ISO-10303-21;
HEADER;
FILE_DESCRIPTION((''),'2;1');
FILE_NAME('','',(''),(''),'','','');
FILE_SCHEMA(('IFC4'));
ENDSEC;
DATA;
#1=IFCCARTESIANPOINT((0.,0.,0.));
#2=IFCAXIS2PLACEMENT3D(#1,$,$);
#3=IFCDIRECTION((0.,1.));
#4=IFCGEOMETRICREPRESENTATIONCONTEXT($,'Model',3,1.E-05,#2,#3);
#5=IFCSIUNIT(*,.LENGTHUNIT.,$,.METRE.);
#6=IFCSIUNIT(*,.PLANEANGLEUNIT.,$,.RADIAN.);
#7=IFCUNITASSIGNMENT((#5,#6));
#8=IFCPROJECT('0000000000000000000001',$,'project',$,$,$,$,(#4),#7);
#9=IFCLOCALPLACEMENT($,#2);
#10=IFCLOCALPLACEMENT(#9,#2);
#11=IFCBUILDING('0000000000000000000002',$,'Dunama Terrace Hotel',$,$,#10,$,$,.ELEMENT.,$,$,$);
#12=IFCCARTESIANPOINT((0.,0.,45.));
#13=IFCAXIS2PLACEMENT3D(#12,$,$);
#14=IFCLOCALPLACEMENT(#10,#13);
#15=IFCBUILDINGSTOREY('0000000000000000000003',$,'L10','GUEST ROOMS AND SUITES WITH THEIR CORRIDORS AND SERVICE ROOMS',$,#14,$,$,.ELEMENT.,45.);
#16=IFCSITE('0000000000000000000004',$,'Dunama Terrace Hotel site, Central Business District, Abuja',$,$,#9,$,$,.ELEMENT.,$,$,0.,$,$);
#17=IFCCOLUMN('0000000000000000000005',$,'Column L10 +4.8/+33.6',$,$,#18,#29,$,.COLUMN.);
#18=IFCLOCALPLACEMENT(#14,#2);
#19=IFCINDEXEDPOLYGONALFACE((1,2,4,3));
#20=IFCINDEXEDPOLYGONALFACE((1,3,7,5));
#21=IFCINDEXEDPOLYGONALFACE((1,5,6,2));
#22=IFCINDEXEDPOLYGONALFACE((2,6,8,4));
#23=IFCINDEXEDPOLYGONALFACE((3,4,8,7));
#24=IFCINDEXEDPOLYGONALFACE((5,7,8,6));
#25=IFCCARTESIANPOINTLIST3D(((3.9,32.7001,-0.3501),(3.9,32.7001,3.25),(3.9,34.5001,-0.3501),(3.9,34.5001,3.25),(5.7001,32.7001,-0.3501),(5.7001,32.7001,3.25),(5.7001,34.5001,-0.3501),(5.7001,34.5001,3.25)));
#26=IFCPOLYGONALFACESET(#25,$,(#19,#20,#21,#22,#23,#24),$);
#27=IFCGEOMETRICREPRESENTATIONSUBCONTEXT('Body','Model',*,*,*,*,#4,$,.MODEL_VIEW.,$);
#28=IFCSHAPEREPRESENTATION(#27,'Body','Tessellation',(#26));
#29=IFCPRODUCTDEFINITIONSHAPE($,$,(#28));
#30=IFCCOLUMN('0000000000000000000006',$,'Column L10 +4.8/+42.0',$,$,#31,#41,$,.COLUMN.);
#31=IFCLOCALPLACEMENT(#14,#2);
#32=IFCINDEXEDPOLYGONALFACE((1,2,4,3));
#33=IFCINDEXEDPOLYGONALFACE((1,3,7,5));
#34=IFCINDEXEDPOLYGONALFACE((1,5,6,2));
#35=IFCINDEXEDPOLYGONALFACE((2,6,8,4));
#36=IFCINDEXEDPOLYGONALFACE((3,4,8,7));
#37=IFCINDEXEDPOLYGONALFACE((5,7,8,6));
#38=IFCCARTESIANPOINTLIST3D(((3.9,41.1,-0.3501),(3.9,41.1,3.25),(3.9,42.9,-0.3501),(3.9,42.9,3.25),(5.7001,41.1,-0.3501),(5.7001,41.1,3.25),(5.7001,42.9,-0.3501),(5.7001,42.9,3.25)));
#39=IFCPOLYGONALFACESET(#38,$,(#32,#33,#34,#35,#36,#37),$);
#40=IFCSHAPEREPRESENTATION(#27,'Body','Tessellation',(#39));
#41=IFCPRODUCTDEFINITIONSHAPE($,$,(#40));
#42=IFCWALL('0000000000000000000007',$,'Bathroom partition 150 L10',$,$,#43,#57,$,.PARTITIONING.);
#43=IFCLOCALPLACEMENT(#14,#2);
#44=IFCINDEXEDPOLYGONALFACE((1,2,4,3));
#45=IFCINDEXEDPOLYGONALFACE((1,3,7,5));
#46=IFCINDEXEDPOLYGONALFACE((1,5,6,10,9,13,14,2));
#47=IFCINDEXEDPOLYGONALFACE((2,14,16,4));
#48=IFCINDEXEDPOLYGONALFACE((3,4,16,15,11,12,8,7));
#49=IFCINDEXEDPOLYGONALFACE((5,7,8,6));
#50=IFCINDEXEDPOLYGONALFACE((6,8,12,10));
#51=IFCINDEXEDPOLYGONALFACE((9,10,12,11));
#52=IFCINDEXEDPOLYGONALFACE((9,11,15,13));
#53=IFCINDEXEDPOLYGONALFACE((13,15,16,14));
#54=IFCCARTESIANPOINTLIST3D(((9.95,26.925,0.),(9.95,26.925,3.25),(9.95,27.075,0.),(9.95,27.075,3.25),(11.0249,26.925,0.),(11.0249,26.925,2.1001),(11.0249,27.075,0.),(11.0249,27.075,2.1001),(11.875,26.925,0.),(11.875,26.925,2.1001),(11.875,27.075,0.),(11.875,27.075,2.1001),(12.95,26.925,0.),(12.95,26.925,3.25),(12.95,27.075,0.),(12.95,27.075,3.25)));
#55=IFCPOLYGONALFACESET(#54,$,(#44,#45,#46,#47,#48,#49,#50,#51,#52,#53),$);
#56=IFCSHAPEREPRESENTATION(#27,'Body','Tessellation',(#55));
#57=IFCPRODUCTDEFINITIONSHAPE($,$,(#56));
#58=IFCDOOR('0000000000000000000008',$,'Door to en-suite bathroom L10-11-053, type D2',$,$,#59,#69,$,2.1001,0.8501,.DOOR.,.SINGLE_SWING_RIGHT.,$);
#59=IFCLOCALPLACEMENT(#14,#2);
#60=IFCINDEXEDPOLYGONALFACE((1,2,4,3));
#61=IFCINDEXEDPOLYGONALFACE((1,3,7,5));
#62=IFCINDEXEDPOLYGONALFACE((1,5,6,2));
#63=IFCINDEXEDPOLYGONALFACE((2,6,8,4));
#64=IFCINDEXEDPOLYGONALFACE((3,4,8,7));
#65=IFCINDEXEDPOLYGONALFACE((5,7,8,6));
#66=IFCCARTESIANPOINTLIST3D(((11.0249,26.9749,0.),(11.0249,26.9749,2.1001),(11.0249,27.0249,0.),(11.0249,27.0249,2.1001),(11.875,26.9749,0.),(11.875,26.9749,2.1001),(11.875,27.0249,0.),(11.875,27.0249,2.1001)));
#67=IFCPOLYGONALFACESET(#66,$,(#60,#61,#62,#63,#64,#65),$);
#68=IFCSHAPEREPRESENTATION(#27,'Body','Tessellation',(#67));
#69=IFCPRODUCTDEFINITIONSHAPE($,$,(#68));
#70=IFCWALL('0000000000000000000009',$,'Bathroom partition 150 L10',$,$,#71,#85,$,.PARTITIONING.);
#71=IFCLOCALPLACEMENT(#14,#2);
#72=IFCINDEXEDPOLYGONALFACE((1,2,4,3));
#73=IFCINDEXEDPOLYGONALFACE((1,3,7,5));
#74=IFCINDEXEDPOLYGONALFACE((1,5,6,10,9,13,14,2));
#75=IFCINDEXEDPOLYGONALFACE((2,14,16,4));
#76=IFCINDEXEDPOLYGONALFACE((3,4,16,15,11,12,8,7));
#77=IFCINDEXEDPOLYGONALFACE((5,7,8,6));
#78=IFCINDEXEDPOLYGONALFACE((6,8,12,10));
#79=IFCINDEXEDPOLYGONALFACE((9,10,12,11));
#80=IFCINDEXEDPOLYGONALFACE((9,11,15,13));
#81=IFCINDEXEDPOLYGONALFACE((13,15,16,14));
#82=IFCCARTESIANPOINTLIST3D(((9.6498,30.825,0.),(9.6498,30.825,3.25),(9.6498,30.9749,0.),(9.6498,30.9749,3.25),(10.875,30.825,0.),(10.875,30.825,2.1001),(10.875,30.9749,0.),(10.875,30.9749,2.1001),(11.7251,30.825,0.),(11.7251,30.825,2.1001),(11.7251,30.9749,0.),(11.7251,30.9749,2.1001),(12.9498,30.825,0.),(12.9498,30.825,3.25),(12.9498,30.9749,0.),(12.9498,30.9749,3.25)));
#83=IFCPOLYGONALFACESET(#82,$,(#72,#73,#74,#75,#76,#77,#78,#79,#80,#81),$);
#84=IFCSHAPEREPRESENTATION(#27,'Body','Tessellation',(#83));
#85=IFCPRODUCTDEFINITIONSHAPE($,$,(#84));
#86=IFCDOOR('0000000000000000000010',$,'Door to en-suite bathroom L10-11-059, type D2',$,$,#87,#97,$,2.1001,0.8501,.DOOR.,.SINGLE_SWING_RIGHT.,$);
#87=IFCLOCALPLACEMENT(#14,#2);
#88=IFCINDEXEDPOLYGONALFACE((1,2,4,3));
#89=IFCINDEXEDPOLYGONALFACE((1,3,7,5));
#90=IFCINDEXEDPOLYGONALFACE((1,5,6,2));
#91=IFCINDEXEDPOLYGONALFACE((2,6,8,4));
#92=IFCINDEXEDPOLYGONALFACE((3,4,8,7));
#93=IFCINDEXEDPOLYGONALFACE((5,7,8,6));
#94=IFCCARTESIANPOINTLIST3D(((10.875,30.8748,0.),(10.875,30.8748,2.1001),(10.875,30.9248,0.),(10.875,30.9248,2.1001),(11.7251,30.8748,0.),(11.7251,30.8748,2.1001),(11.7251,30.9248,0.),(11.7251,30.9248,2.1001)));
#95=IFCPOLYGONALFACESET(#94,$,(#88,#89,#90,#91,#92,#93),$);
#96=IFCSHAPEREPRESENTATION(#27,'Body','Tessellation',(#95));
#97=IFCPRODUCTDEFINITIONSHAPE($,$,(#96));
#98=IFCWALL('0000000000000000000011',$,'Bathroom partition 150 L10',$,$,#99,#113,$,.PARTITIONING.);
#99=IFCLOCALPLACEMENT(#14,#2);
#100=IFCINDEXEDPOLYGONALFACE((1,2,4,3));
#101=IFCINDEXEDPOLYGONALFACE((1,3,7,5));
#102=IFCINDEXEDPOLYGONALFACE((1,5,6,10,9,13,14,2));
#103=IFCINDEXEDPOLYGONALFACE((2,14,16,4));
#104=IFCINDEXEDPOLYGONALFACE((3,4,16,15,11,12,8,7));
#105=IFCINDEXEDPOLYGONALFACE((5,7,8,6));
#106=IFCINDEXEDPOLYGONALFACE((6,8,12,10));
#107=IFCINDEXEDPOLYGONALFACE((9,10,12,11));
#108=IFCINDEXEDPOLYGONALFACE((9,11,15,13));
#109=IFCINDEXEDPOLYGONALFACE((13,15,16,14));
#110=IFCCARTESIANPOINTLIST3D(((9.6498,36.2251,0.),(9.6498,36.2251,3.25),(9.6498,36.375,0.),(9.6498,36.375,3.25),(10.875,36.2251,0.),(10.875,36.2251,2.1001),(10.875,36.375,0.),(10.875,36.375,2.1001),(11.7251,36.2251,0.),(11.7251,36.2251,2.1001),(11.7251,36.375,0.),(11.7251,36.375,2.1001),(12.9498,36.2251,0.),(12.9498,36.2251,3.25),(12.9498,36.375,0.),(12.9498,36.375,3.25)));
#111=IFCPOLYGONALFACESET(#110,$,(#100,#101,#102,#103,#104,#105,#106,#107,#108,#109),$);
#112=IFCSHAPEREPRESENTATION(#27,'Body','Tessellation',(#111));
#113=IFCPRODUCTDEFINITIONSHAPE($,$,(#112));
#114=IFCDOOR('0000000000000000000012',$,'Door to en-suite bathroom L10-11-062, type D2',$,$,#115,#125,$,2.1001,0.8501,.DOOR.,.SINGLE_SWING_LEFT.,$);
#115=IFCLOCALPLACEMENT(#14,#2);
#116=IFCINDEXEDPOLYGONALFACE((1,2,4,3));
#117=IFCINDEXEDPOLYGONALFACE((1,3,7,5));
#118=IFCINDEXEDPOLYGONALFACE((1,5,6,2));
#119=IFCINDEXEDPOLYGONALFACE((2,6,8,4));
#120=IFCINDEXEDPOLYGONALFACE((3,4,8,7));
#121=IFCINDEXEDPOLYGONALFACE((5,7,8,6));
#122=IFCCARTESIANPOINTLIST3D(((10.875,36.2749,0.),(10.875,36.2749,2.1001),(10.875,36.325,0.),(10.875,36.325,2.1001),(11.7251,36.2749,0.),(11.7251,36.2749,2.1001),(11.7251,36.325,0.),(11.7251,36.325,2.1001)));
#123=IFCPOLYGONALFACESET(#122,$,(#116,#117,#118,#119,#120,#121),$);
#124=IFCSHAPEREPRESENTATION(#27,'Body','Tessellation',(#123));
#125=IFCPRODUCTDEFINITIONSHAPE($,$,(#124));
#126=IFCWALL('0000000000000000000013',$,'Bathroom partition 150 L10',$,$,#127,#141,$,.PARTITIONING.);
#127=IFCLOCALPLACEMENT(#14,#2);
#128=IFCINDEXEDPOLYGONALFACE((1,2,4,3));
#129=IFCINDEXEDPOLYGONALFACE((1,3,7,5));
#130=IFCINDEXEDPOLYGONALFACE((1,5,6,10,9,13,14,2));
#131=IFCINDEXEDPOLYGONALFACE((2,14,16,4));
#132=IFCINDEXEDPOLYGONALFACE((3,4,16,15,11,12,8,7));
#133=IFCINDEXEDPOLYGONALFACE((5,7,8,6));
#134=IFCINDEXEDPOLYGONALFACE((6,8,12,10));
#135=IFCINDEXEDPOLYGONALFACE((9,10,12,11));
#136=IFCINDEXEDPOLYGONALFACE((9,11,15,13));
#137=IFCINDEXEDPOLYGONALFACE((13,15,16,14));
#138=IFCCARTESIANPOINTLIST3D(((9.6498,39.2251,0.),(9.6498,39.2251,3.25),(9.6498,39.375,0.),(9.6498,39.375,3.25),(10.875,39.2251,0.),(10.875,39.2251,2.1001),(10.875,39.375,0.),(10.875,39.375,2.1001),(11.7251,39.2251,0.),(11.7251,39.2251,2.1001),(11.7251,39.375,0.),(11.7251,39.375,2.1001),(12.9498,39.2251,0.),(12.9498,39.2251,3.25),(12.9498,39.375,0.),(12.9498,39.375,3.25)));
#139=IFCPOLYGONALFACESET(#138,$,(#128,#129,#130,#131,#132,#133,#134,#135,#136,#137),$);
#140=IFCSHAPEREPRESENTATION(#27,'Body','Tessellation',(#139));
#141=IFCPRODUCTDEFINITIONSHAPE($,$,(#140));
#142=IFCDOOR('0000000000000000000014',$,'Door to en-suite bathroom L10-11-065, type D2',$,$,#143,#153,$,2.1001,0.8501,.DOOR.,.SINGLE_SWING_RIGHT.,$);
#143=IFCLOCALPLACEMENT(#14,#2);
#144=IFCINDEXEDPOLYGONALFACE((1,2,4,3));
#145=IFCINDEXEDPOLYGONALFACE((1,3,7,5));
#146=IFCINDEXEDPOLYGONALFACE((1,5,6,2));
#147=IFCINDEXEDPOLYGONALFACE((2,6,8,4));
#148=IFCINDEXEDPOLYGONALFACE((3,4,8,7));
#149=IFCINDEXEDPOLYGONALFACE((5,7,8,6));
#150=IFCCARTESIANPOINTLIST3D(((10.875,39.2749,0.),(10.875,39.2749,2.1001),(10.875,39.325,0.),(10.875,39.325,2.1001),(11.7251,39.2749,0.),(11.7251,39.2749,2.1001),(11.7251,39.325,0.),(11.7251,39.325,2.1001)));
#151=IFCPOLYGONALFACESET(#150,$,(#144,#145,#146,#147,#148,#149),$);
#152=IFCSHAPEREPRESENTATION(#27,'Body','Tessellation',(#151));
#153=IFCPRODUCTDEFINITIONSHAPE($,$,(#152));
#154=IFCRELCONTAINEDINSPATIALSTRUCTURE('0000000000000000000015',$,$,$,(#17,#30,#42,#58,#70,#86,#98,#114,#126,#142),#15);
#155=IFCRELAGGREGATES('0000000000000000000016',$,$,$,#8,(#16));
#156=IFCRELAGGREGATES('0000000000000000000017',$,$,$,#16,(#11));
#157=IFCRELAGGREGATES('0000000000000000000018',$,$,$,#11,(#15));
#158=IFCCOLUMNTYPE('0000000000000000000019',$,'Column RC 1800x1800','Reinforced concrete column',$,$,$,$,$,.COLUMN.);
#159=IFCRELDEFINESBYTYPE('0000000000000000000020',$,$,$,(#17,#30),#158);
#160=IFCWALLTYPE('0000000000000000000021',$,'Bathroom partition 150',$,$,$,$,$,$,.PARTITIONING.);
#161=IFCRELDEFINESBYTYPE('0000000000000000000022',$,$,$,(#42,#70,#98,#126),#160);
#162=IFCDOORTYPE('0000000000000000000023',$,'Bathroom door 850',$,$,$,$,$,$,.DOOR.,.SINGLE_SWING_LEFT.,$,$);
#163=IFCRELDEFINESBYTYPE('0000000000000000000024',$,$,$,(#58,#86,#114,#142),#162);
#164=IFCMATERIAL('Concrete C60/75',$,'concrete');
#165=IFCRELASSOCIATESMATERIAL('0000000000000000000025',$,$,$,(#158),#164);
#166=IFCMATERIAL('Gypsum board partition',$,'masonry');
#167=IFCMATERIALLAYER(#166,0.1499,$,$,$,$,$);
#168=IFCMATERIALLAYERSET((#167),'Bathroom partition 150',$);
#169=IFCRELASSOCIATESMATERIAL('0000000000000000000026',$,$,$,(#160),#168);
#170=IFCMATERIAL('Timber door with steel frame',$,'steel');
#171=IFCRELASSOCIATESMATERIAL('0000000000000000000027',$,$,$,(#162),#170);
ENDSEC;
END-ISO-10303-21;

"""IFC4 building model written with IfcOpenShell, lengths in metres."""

from ifc_helpers import new_model, si_unit, direction, frame, frame_2d, origin, origin_2d, place, context, subcontext, project, spatial, rectangle, extrude, material, layer, layer_set, material_profile, profile_set, type_object, element, fill, save


model = new_model("IFC4")

# Units and contexts
model_context = context("Model", 3, precision=1e-05, world=origin(), true_north=direction((0.0, 1.0)))
body_context = subcontext(model_context, "Body", "Model", "MODEL_VIEW")
ifc_project = project(units=[si_unit("LENGTHUNIT", "METRE"), si_unit("PLANEANGLEUNIT", "RADIAN")], contexts=[model_context])

# Site, building, storey
site_placement = place(None, origin())
site = spatial("IfcSite", under=ifc_project, at=site_placement, Name="Dunama Terrace Hotel site, Central Business District, Abuja", CompositionType="ELEMENT", RefElevation=0.0)
building_placement = place(site_placement, origin())
building = spatial("IfcBuilding", under=site, at=building_placement, Name="Dunama Terrace Hotel", CompositionType="ELEMENT")
storey_placement = place(building_placement, frame((0.0, 0.0, 45.0)))
storey = spatial("IfcBuildingStorey", under=building, at=storey_placement, Name="L10", Description="GUEST ROOMS AND SUITES WITH THEIR CORRIDORS AND SERVICE ROOMS", CompositionType="ELEMENT", Elevation=45.0)

# Columns
ifc_material_1 = material(Name="Concrete C60/75", Category="concrete")
ifc_material_profile = material_profile(ifc_material_1, rectangle(XDim=1.8, YDim=1.8, at=origin_2d()), Name="RC 1800x1800")
ifc_profile_set = profile_set([ifc_material_profile], Name="Concrete C60/75")
column_type = type_object("IfcColumnType", Name="Column RC 1800x1800", Description="Reinforced concrete column", PredefinedType="COLUMN", material=ifc_profile_set)
for number, where, z_axis, x_axis, name in (
    (1, (4.8, 33.6001, -0.3501), (0.0, 0.0, 1.0), (1.0, 0.0, 0.0), "Column L10 +4.8/+33.6"),
    (2, (4.8, 42.0, -0.3501), (0.0, 0.0, 1.0), (1.0, 0.0, 0.0), "Column L10 +4.8/+42.0"),
):
    element("IfcColumn", number, at=place(storey_placement, frame(where, z_axis=z_axis, x_axis=x_axis)), inside=storey, type_object=column_type, Name=name, PredefinedType="COLUMN", context=body_context, shape_type="SweptSolid", body=[
        extrude(rectangle(XDim=1.8, YDim=1.8, at=origin_2d()), origin(), (0.0, 0.0, 1.0), 3.6001),
    ])

# Walls, openings, doors
ifc_material_2 = material(Name="Gypsum board partition", Category="masonry")
ifc_layer_1 = layer(ifc_material_2, 0.1499)
ifc_layer_set_1 = layer_set([ifc_layer_1], Name="Bathroom partition 150")
wall_type_1 = type_object("IfcWallType", Name="Bathroom partition 150", PredefinedType="PARTITIONING", material=ifc_layer_set_1)
wall_1_placement = place(storey_placement, frame((9.95, 27.0, 0.0), z_axis=(0.0, 0.0, 1.0), x_axis=(1.0, 0.0, 0.0)))
wall_1 = element("IfcWall", 3, at=wall_1_placement, inside=storey, type_object=wall_type_1, Name="Bathroom partition 150 L10", PredefinedType="PARTITIONING", context=body_context, shape_type="SweptSolid", body=[
    extrude(rectangle(XDim=3.0, YDim=0.1499, at=frame_2d((1.5, 0.0))), origin(), (0.0, 0.0, 1.0), 3.25),
])
opening_1_placement = place(wall_1_placement, frame((1.075, 0.0, 0.0)))
opening_1 = element("IfcOpeningElement", 4, at=opening_1_placement, cuts=wall_1, PredefinedType="OPENING", context=body_context, shape_type="SweptSolid", body=[
    extrude(rectangle(XDim=0.8501, YDim=2.1001, at=frame_2d((0.425, 1.05))), frame((0.0, 0.085, 0.0), z_axis=(0.0, -1.0, 0.0), x_axis=(1.0, 0.0, 0.0)), (0.0, 0.0, 1.0), 0.1699),
])
ifc_material_3 = material(Name="Timber door with steel frame", Category="steel")
door_type_1 = type_object("IfcDoorType", Name="Bathroom door 850", OperationType="SINGLE_SWING_LEFT", PredefinedType="DOOR", material=ifc_material_3)
door_1_placement = place(opening_1_placement, origin())
door_1 = element("IfcDoor", 5, at=door_1_placement, inside=storey, type_object=door_type_1, Name="Door to en-suite bathroom L10-11-053, type D2", OperationType="SINGLE_SWING_RIGHT", OverallHeight=2.1001, OverallWidth=0.8501, PredefinedType="DOOR", context=body_context, shape_type="SweptSolid", body=[
    extrude(rectangle(XDim=0.8501, YDim=2.1001, at=frame_2d((0.425, 1.05))), frame((0.0, 0.0249, 0.0), z_axis=(0.0, -1.0, 0.0), x_axis=(1.0, 0.0, 0.0)), (0.0, 0.0, 1.0), 0.05),
])
fill(opening_1, door_1)
wall_2_placement = place(storey_placement, frame((9.6499, 30.8999, 0.0), z_axis=(0.0, 0.0, 1.0), x_axis=(1.0, 0.0, 0.0)))
wall_2 = element("IfcWall", 6, at=wall_2_placement, inside=storey, type_object=wall_type_1, Name="Bathroom partition 150 L10", PredefinedType="PARTITIONING", context=body_context, shape_type="SweptSolid", body=[
    extrude(rectangle(XDim=3.3, YDim=0.1499, at=frame_2d((1.6499, 0.0))), origin(), (0.0, 0.0, 1.0), 3.25),
])
opening_2_placement = place(wall_2_placement, frame((1.2251, 0.0, 0.0)))
opening_2 = element("IfcOpeningElement", 7, at=opening_2_placement, cuts=wall_2, PredefinedType="OPENING", context=body_context, shape_type="SweptSolid", body=[
    extrude(rectangle(XDim=0.8501, YDim=2.1001, at=frame_2d((0.425, 1.05))), frame((0.0, 0.085, 0.0), z_axis=(0.0, -1.0, 0.0), x_axis=(1.0, 0.0, 0.0)), (0.0, 0.0, 1.0), 0.1699),
])
door_2_placement = place(opening_2_placement, origin())
door_2 = element("IfcDoor", 8, at=door_2_placement, inside=storey, type_object=door_type_1, Name="Door to en-suite bathroom L10-11-059, type D2", OperationType="SINGLE_SWING_RIGHT", OverallHeight=2.1001, OverallWidth=0.8501, PredefinedType="DOOR", context=body_context, shape_type="SweptSolid", body=[
    extrude(rectangle(XDim=0.8501, YDim=2.1001, at=frame_2d((0.425, 1.05))), frame((0.0, 0.0249, 0.0), z_axis=(0.0, -1.0, 0.0), x_axis=(1.0, 0.0, 0.0)), (0.0, 0.0, 1.0), 0.05),
])
fill(opening_2, door_2)
wall_3_placement = place(storey_placement, frame((9.6499, 36.3, 0.0), z_axis=(0.0, 0.0, 1.0), x_axis=(1.0, 0.0, 0.0)))
wall_3 = element("IfcWall", 9, at=wall_3_placement, inside=storey, type_object=wall_type_1, Name="Bathroom partition 150 L10", PredefinedType="PARTITIONING", context=body_context, shape_type="SweptSolid", body=[
    extrude(rectangle(XDim=3.3, YDim=0.1499, at=frame_2d((1.6499, 0.0))), origin(), (0.0, 0.0, 1.0), 3.25),
])
opening_3_placement = place(wall_3_placement, frame((1.2251, 0.0, 0.0)))
opening_3 = element("IfcOpeningElement", 10, at=opening_3_placement, cuts=wall_3, PredefinedType="OPENING", context=body_context, shape_type="SweptSolid", body=[
    extrude(rectangle(XDim=0.8501, YDim=2.1001, at=frame_2d((0.425, 1.05))), frame((0.0, 0.085, 0.0), z_axis=(0.0, -1.0, 0.0), x_axis=(1.0, 0.0, 0.0)), (0.0, 0.0, 1.0), 0.1699),
])
door_3_placement = place(opening_3_placement, frame((0.8501, 0.0, 0.0), z_axis=(0.0, 0.0, 1.0), x_axis=(-1.0, 0.0, 0.0)))
door_3 = element("IfcDoor", 11, at=door_3_placement, inside=storey, type_object=door_type_1, Name="Door to en-suite bathroom L10-11-062, type D2", OperationType="SINGLE_SWING_LEFT", OverallHeight=2.1001, OverallWidth=0.8501, PredefinedType="DOOR", context=body_context, shape_type="SweptSolid", body=[
    extrude(rectangle(XDim=0.8501, YDim=2.1001, at=frame_2d((0.425, 1.05))), frame((0.0, 0.0251, 0.0), z_axis=(0.0, -1.0, 0.0), x_axis=(1.0, 0.0, 0.0)), (0.0, 0.0, 1.0), 0.05),
])
fill(opening_3, door_3)
wall_4_placement = place(storey_placement, frame((9.6499, 39.3, 0.0), z_axis=(0.0, 0.0, 1.0), x_axis=(1.0, 0.0, 0.0)))
wall_4 = element("IfcWall", 12, at=wall_4_placement, inside=storey, type_object=wall_type_1, Name="Bathroom partition 150 L10", PredefinedType="PARTITIONING", context=body_context, shape_type="SweptSolid", body=[
    extrude(rectangle(XDim=3.3, YDim=0.1499, at=frame_2d((1.6499, 0.0))), origin(), (0.0, 0.0, 1.0), 3.25),
])
opening_4_placement = place(wall_4_placement, frame((1.2251, 0.0, 0.0)))
opening_4 = element("IfcOpeningElement", 13, at=opening_4_placement, cuts=wall_4, PredefinedType="OPENING", context=body_context, shape_type="SweptSolid", body=[
    extrude(rectangle(XDim=0.8501, YDim=2.1001, at=frame_2d((0.425, 1.05))), frame((0.0, 0.085, 0.0), z_axis=(0.0, -1.0, 0.0), x_axis=(1.0, 0.0, 0.0)), (0.0, 0.0, 1.0), 0.1699),
])
door_4_placement = place(opening_4_placement, origin())
door_4 = element("IfcDoor", 14, at=door_4_placement, inside=storey, type_object=door_type_1, Name="Door to en-suite bathroom L10-11-065, type D2", OperationType="SINGLE_SWING_RIGHT", OverallHeight=2.1001, OverallWidth=0.8501, PredefinedType="DOOR", context=body_context, shape_type="SweptSolid", body=[
    extrude(rectangle(XDim=0.8501, YDim=2.1001, at=frame_2d((0.425, 1.05))), frame((0.0, 0.0249, 0.0), z_axis=(0.0, -1.0, 0.0), x_axis=(1.0, 0.0, 0.0)), (0.0, 0.0, 1.0), 0.05),
])
fill(opening_4, door_4)

save(model, "model.ifc")
